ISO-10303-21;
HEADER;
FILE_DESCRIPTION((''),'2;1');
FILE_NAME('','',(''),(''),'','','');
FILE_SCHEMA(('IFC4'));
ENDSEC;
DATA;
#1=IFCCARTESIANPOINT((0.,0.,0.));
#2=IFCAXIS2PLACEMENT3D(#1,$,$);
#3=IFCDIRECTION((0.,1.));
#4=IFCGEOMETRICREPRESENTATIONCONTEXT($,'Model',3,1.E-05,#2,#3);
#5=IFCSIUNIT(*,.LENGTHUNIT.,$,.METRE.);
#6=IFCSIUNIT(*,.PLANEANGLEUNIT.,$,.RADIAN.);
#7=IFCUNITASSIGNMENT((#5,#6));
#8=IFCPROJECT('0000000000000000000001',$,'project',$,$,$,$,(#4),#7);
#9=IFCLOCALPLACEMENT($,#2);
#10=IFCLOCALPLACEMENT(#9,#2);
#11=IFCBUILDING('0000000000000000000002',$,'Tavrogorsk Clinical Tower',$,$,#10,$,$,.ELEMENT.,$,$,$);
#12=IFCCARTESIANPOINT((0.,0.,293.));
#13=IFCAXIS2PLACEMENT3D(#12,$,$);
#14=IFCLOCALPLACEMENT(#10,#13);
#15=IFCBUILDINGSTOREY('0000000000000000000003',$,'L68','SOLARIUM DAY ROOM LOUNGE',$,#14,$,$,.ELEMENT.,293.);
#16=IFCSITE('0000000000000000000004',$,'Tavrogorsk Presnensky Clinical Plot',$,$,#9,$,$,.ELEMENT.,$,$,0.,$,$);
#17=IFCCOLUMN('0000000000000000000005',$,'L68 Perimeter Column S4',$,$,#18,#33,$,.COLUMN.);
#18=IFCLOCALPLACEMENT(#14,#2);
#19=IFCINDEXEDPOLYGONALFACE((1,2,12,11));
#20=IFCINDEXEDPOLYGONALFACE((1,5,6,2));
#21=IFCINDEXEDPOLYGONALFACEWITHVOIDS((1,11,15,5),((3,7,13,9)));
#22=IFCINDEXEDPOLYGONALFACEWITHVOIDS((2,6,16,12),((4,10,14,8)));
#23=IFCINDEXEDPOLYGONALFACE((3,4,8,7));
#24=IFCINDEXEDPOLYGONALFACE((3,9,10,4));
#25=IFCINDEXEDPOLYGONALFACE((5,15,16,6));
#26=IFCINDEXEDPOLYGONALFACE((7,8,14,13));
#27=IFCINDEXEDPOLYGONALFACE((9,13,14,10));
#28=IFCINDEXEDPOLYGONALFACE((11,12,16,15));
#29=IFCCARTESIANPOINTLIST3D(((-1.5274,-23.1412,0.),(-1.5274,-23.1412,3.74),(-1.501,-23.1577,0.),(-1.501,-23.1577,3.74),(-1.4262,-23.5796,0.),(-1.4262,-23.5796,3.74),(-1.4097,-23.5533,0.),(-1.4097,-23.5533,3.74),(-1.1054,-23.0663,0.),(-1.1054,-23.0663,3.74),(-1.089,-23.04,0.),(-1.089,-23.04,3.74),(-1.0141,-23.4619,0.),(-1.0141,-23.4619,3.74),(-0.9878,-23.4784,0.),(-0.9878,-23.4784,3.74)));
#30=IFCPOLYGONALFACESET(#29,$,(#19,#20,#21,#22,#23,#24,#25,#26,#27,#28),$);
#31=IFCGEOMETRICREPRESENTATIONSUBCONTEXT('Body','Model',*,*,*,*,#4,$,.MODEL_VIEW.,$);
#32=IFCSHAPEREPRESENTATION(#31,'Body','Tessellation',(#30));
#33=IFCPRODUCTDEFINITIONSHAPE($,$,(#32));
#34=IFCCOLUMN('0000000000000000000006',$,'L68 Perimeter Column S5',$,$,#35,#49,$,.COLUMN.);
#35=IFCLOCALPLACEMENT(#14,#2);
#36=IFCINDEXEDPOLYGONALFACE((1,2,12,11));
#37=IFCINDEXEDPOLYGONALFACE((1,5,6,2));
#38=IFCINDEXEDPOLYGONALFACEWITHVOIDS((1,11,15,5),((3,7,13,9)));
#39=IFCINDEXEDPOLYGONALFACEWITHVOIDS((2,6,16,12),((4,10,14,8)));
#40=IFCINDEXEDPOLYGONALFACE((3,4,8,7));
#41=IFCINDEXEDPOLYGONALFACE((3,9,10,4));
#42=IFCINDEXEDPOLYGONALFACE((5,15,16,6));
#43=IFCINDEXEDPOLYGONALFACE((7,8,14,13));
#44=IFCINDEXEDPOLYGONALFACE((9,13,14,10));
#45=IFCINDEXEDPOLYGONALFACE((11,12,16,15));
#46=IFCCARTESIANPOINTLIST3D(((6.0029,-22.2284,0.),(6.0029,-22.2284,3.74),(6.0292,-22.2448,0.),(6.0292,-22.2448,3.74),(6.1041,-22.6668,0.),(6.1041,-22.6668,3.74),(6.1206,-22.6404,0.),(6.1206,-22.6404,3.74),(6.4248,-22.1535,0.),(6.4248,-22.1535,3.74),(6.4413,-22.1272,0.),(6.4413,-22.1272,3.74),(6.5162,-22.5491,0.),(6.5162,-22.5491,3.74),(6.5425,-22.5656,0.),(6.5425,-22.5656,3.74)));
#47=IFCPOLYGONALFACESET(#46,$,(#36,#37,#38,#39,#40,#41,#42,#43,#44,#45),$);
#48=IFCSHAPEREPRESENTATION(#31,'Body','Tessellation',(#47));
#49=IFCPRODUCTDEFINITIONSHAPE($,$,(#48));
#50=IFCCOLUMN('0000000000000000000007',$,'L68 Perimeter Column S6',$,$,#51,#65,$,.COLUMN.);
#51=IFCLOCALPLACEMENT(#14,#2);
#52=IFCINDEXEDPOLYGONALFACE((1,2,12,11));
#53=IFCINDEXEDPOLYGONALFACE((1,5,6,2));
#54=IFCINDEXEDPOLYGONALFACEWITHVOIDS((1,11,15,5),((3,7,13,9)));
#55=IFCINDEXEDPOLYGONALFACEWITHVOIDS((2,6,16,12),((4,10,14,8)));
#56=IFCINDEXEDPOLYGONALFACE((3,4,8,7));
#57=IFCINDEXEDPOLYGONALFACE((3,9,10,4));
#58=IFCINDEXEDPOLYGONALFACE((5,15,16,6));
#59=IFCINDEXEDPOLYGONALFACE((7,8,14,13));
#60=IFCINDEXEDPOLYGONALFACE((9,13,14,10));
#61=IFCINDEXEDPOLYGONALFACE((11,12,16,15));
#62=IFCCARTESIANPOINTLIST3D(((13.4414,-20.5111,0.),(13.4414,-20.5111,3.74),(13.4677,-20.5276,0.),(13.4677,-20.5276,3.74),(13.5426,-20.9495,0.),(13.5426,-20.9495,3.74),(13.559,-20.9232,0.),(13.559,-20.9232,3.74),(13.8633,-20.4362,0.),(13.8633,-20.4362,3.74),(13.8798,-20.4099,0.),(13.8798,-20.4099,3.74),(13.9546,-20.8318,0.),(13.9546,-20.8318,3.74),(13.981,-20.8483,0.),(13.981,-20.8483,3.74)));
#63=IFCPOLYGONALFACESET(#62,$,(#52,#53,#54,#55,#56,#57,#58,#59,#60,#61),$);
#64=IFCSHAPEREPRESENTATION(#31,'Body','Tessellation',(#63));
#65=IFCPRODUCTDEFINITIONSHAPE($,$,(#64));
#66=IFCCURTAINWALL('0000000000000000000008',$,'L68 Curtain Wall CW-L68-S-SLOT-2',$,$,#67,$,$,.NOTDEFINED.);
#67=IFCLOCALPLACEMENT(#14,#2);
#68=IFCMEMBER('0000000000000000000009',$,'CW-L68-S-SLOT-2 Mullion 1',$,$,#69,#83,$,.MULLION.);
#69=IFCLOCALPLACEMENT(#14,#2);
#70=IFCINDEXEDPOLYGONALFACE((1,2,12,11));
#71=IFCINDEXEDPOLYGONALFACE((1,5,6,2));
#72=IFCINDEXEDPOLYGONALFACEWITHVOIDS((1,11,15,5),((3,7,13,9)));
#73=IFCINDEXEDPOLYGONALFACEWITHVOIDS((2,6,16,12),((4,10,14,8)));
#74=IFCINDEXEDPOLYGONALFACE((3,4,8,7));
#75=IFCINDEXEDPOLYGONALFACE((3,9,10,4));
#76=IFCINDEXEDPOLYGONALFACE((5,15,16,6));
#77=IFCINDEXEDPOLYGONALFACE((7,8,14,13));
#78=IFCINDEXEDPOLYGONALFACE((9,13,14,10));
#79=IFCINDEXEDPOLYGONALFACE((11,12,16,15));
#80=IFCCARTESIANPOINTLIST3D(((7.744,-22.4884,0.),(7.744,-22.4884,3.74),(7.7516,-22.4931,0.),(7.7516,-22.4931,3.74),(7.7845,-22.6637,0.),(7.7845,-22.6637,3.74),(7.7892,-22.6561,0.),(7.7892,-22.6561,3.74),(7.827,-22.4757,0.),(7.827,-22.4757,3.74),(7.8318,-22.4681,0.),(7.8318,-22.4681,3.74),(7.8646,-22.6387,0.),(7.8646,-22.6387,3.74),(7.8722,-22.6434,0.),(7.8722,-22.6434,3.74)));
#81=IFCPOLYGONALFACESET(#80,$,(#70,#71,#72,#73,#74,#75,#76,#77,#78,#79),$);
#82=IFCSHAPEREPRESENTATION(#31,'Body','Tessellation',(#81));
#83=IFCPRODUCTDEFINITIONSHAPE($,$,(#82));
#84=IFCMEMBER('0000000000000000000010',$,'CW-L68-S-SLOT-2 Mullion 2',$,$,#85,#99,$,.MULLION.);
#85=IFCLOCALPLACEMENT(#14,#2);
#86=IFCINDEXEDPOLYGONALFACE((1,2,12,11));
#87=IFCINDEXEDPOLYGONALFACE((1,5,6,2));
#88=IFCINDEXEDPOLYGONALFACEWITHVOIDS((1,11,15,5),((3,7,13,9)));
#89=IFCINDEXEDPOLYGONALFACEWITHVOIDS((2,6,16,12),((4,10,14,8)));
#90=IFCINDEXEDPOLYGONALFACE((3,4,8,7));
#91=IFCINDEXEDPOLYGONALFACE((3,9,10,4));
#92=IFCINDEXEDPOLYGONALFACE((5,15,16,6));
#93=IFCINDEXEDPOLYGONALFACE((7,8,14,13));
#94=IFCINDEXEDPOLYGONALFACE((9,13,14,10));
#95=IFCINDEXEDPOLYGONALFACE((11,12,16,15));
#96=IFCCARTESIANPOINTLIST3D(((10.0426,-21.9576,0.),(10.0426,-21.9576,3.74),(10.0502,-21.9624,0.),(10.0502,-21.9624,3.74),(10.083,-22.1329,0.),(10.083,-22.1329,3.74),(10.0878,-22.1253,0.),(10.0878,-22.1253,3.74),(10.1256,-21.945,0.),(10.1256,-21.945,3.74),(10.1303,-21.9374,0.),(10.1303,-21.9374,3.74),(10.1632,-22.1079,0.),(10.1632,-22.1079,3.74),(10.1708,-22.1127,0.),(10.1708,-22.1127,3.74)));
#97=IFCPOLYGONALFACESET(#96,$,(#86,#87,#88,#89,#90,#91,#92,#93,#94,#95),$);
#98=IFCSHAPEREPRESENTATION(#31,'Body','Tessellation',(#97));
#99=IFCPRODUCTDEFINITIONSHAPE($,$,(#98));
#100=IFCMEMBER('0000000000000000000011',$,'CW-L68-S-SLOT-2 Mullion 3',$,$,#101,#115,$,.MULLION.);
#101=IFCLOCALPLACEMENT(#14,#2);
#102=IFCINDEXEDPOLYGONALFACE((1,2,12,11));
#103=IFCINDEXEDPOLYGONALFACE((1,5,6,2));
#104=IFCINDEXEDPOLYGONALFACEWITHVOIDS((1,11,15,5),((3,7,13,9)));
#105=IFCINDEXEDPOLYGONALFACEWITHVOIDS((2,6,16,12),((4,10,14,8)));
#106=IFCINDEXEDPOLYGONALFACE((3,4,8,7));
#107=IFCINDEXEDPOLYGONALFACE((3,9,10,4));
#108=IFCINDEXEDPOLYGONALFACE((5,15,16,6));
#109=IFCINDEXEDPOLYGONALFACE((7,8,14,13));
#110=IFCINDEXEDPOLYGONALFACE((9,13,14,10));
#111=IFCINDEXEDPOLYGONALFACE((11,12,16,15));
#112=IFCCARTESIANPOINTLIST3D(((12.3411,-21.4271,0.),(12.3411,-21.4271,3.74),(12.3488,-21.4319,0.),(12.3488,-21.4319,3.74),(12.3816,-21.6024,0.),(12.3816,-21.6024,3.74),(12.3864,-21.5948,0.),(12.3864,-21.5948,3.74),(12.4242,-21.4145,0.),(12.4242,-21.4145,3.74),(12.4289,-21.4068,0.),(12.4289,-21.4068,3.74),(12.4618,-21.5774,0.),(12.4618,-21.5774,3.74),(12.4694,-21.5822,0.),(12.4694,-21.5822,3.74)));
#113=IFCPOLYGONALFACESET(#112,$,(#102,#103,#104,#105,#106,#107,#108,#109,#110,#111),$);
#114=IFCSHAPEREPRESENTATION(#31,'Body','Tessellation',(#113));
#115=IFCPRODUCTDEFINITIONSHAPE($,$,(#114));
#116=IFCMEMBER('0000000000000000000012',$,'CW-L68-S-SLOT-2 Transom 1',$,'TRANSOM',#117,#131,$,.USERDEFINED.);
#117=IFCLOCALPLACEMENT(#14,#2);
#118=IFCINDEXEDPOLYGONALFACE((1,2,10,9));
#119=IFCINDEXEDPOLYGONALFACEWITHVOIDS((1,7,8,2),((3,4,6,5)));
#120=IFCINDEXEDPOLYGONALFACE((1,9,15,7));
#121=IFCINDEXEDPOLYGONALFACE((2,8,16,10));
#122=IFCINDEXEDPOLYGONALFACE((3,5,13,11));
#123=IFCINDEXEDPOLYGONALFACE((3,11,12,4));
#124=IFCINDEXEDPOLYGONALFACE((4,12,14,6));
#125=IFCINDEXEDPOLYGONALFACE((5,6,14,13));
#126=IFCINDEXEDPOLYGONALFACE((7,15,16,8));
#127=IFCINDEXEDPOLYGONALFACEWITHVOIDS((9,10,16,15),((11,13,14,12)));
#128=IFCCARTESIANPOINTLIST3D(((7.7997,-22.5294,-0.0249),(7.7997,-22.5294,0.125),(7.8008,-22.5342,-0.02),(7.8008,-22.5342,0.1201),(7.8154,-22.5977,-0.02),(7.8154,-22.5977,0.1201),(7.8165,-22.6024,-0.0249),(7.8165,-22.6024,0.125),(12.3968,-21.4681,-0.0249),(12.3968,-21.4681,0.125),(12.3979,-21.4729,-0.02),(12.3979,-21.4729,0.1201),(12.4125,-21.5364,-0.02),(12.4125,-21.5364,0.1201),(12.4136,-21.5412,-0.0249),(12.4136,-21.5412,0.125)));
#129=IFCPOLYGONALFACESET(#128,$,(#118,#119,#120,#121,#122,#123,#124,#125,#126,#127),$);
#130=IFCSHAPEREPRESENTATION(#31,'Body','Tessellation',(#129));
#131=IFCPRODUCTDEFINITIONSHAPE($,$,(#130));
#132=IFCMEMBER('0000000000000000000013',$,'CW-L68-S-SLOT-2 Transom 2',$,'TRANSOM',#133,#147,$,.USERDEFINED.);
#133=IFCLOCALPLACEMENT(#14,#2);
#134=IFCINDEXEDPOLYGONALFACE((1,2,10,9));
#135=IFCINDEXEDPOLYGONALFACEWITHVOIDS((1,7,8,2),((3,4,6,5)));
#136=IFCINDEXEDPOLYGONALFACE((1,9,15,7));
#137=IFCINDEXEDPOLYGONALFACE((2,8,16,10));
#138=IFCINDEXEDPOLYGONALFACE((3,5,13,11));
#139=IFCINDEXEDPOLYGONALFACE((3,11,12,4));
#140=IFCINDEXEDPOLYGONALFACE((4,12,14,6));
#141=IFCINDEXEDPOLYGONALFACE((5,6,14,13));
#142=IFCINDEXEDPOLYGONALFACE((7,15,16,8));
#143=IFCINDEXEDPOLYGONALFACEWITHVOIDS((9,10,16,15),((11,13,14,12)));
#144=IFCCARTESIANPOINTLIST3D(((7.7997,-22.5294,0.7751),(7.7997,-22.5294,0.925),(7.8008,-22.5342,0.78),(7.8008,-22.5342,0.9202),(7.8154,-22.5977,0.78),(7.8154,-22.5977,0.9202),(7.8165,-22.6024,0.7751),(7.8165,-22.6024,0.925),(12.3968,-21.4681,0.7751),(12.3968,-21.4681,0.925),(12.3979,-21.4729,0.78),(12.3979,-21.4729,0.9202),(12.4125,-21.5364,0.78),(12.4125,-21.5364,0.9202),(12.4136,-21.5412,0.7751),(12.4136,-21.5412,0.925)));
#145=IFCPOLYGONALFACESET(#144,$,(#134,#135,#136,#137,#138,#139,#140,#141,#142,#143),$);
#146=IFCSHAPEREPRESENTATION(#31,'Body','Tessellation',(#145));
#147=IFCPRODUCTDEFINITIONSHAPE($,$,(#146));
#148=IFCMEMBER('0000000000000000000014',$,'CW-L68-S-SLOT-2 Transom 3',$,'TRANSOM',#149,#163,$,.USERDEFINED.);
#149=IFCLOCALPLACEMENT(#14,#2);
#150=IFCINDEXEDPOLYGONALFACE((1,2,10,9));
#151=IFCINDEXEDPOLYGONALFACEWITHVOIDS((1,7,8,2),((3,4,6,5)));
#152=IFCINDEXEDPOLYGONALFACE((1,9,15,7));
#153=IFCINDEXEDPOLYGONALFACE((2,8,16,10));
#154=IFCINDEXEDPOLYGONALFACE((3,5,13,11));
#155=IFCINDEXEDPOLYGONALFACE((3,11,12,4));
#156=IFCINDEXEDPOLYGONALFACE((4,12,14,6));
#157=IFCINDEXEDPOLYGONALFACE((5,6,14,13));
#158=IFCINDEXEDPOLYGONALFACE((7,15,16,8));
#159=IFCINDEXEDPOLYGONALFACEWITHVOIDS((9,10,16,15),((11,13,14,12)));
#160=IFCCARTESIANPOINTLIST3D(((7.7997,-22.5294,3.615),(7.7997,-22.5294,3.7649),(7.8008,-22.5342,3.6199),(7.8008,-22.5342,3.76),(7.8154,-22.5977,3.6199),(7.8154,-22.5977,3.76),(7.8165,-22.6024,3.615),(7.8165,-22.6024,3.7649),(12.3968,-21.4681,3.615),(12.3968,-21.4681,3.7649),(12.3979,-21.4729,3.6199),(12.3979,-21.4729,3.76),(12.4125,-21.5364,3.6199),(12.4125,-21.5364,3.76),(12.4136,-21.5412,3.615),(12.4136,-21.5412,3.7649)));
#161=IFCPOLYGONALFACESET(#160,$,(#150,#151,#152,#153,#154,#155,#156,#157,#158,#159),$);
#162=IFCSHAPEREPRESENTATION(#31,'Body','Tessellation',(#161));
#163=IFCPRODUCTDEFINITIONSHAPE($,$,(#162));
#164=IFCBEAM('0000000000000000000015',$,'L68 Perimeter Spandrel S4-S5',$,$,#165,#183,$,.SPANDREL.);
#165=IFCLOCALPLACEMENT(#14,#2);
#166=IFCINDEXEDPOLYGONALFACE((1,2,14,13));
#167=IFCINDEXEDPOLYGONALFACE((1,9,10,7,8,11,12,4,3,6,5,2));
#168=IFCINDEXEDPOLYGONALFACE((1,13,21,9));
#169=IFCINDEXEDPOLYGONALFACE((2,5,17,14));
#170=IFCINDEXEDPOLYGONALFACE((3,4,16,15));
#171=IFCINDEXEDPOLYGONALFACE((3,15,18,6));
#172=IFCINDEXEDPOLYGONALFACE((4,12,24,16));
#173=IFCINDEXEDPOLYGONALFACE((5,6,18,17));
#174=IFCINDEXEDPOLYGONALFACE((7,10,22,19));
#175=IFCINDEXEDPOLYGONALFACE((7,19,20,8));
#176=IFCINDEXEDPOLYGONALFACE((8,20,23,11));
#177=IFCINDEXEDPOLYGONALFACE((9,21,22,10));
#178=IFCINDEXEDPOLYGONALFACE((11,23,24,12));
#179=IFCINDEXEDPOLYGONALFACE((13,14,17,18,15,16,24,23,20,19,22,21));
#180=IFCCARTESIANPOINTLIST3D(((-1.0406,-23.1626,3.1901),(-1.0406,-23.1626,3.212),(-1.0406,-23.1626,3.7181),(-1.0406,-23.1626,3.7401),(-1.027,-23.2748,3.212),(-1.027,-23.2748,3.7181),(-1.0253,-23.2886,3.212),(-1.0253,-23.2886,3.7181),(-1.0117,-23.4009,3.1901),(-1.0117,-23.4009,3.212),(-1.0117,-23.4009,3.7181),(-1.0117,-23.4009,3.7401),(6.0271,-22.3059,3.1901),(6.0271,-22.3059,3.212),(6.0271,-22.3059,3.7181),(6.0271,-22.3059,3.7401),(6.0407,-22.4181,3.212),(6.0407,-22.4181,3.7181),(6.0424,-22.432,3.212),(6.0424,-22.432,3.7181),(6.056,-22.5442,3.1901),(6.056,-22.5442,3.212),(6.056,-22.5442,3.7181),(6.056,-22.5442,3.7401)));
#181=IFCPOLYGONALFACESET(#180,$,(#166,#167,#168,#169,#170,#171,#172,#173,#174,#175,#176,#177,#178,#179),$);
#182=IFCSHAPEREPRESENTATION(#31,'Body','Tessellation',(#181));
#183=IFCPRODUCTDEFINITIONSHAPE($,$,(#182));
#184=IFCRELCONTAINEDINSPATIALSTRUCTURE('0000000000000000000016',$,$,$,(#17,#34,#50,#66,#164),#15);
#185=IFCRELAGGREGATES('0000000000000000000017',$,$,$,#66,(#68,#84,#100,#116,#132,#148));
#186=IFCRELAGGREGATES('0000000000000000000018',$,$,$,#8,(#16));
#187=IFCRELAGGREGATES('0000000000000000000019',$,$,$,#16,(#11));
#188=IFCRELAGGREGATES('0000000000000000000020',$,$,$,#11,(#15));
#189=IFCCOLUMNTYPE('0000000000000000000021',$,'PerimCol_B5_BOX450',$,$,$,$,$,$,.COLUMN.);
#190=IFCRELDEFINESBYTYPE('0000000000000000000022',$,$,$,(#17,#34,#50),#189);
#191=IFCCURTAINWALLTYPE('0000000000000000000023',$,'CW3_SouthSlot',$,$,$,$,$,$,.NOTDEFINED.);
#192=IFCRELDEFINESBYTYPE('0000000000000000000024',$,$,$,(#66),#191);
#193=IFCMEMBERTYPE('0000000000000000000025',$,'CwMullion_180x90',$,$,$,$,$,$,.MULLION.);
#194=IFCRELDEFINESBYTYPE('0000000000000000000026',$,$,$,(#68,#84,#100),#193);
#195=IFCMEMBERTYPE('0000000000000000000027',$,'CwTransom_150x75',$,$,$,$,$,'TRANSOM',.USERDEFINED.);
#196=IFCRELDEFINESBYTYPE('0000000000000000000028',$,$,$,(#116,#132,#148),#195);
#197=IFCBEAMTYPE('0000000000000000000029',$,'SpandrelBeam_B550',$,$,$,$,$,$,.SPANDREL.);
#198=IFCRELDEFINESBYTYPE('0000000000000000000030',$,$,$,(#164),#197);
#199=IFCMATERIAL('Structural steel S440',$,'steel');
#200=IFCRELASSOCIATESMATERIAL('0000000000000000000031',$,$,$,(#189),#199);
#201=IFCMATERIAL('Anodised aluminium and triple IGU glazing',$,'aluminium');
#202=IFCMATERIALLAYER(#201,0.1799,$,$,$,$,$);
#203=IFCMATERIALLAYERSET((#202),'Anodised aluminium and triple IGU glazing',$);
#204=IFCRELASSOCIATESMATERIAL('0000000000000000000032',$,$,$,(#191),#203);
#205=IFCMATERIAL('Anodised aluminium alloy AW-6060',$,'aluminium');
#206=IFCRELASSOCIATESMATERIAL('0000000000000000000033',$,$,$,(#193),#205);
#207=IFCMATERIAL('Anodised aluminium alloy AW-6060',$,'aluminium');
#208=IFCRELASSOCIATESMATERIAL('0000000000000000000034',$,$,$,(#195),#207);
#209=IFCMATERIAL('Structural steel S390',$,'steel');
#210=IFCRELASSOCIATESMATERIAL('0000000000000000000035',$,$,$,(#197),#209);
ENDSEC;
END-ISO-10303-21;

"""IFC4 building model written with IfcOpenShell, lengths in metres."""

from ifc_helpers import new_model, si_unit, direction, frame, origin, origin_2d, place, context, subcontext, project, spatial, hollow_rectangle, i_section, extrude, material, layer, layer_set, material_profile, profile_set, type_object, element, aggregate, save


model = new_model("IFC4")

# Units and contexts
model_context = context("Model", 3, precision=1e-05, world=origin(), true_north=direction((0.0, 1.0)))
body_context = subcontext(model_context, "Body", "Model", "MODEL_VIEW")
ifc_project = project(units=[si_unit("LENGTHUNIT", "METRE"), si_unit("PLANEANGLEUNIT", "RADIAN")], contexts=[model_context])

# Site, building, storey
site_placement = place(None, origin())
site = spatial("IfcSite", under=ifc_project, at=site_placement, Name="Tavrogorsk Presnensky Clinical Plot", CompositionType="ELEMENT", RefElevation=0.0)
building_placement = place(site_placement, origin())
building = spatial("IfcBuilding", under=site, at=building_placement, Name="Tavrogorsk Clinical Tower", CompositionType="ELEMENT")
storey_placement = place(building_placement, frame((0.0, 0.0, 293.0)))
storey = spatial("IfcBuildingStorey", under=building, at=storey_placement, Name="L68", Description="SOLARIUM DAY ROOM LOUNGE", CompositionType="ELEMENT", Elevation=293.0)

# Columns
ifc_material_1 = material(Name="Structural steel S440", Category="steel")
ifc_material_profile_1 = material_profile(ifc_material_1, hollow_rectangle(XDim=0.45, YDim=0.45, WallThickness=0.022, at=origin_2d()), Name="BOX-450x450x22")
ifc_profile_set_1 = profile_set([ifc_material_profile_1], Name="Structural steel S440")
column_type = type_object("IfcColumnType", Name="PerimCol_B5_BOX450", PredefinedType="COLUMN", material=ifc_profile_set_1)
for number, where, z_axis, x_axis, name in (
    (1, (-1.2576, -23.3098, 0.0), (0.0, 0.0, 1.0), (0.97437, 0.224951, 0.0), "L68 Perimeter Column S4"),
    (2, (6.2727, -22.397, 0.0), (0.0, 0.0, 1.0), (0.97437, 0.224951, 0.0), "L68 Perimeter Column S5"),
    (3, (13.7112, -20.6797, 0.0), (0.0, 0.0, 1.0), (0.97437, 0.224951, 0.0), "L68 Perimeter Column S6"),
):
    element("IfcColumn", number, at=place(storey_placement, frame(where, z_axis=z_axis, x_axis=x_axis)), inside=storey, type_object=column_type, Name=name, PredefinedType="COLUMN", context=body_context, shape_type="SweptSolid", body=[
        extrude(hollow_rectangle(XDim=0.45, YDim=0.45, WallThickness=0.022, at=origin_2d()), origin(), (0.0, 0.0, 1.0), 3.74),
    ])

# Curtain wall, members
ifc_material_2 = material(Name="Anodised aluminium and triple IGU glazing", Category="aluminium")
ifc_layer_1 = layer(ifc_material_2, 0.1799)
ifc_layer_set_1 = layer_set([ifc_layer_1], Name="Anodised aluminium and triple IGU glazing")
curtain_wall_type = type_object("IfcCurtainWallType", Name="CW3_SouthSlot", PredefinedType="NOTDEFINED", material=ifc_layer_set_1)
curtain_wall_placement = place(storey_placement, origin())
curtain_wall = element("IfcCurtainWall", 4, at=curtain_wall_placement, inside=storey, type_object=curtain_wall_type, Name="L68 Curtain Wall CW-L68-S-SLOT-2", PredefinedType="NOTDEFINED")
ifc_material_3 = material(Name="Anodised aluminium alloy AW-6060", Category="aluminium")
ifc_material_profile_2 = material_profile(ifc_material_3, hollow_rectangle(XDim=0.0901, YDim=0.1799, WallThickness=0.0063, at=origin_2d()), Name="RHS-180x90x6.3")
ifc_profile_set_2 = profile_set([ifc_material_profile_2], Name="Anodised aluminium alloy AW-6060")
member_type_1 = type_object("IfcMemberType", Name="CwMullion_180x90", PredefinedType="MULLION", material=ifc_profile_set_2)
member_1_placement = place(storey_placement, frame((7.8081, -22.5659, 0.0), z_axis=(0.0, 0.0, 1.0), x_axis=(0.97437, 0.224951, 0.0)))
member_1 = element("IfcMember", 5, at=member_1_placement, type_object=member_type_1, Name="CW-L68-S-SLOT-2 Mullion 1", PredefinedType="MULLION", context=body_context, shape_type="SweptSolid", body=[
    extrude(hollow_rectangle(XDim=0.0901, YDim=0.1799, WallThickness=0.0063, at=origin_2d()), origin(), (0.0, 0.0, 1.0), 3.74),
])
member_2_placement = place(storey_placement, frame((10.1067, -22.0352, 0.0), z_axis=(0.0, 0.0, 1.0), x_axis=(0.97437, 0.224951, 0.0)))
member_2 = element("IfcMember", 6, at=member_2_placement, type_object=member_type_1, Name="CW-L68-S-SLOT-2 Mullion 2", PredefinedType="MULLION", context=body_context, shape_type="SweptSolid", body=[
    extrude(hollow_rectangle(XDim=0.0901, YDim=0.1799, WallThickness=0.0063, at=origin_2d()), origin(), (0.0, 0.0, 1.0), 3.74),
])
member_3_placement = place(storey_placement, frame((12.4053, -21.5046, 0.0), z_axis=(0.0, 0.0, 1.0), x_axis=(0.97437, 0.224951, 0.0)))
member_3 = element("IfcMember", 7, at=member_3_placement, type_object=member_type_1, Name="CW-L68-S-SLOT-2 Mullion 3", PredefinedType="MULLION", context=body_context, shape_type="SweptSolid", body=[
    extrude(hollow_rectangle(XDim=0.0901, YDim=0.1799, WallThickness=0.0063, at=origin_2d()), origin(), (0.0, 0.0, 1.0), 3.74),
])
ifc_material_4 = material(Name="Anodised aluminium alloy AW-6060", Category="aluminium")
ifc_material_profile_3 = material_profile(ifc_material_4, hollow_rectangle(XDim=0.075, YDim=0.1499, WallThickness=0.0049, at=origin_2d()), Name="RHS-150x75x5")
ifc_profile_set_3 = profile_set([ifc_material_profile_3], Name="Anodised aluminium alloy AW-6060")
member_type_2 = type_object("IfcMemberType", Name="CwTransom_150x75", ElementType="TRANSOM", PredefinedType="USERDEFINED", material=ifc_profile_set_3)
member_4_placement = place(storey_placement, frame((7.8081, -22.5659, 0.05), z_axis=(0.974373, 0.224939, 0.0), x_axis=(-0.224939, 0.974373, 0.0)))
member_4 = element("IfcMember", 8, at=member_4_placement, type_object=member_type_2, Name="CW-L68-S-SLOT-2 Transom 1", ObjectType="TRANSOM", PredefinedType="USERDEFINED", context=body_context, shape_type="SweptSolid", body=[
    extrude(hollow_rectangle(XDim=0.075, YDim=0.1499, WallThickness=0.0049, at=origin_2d()), origin(), (0.0, 0.0, 1.0), 4.718),
])
member_5_placement = place(storey_placement, frame((7.8081, -22.5659, 0.8501), z_axis=(0.974373, 0.224939, 0.0), x_axis=(-0.224939, 0.974373, 0.0)))
member_5 = element("IfcMember", 9, at=member_5_placement, type_object=member_type_2, Name="CW-L68-S-SLOT-2 Transom 2", ObjectType="TRANSOM", PredefinedType="USERDEFINED", context=body_context, shape_type="SweptSolid", body=[
    extrude(hollow_rectangle(XDim=0.075, YDim=0.1499, WallThickness=0.0049, at=origin_2d()), origin(), (0.0, 0.0, 1.0), 4.718),
])
member_6_placement = place(storey_placement, frame((7.8081, -22.5659, 3.6899), z_axis=(0.974373, 0.224939, 0.0), x_axis=(-0.224939, 0.974373, 0.0)))
member_6 = element("IfcMember", 10, at=member_6_placement, type_object=member_type_2, Name="CW-L68-S-SLOT-2 Transom 3", ObjectType="TRANSOM", PredefinedType="USERDEFINED", context=body_context, shape_type="SweptSolid", body=[
    extrude(hollow_rectangle(XDim=0.075, YDim=0.1499, WallThickness=0.0049, at=origin_2d()), origin(), (0.0, 0.0, 1.0), 4.718),
])

# Beam
ifc_material_5 = material(Name="Structural steel S390", Category="steel")
ifc_material_profile_4 = material_profile(ifc_material_5, i_section(OverallWidth=0.24, OverallDepth=0.55, WebThickness=0.0139, FlangeThickness=0.022, at=origin_2d()), Name="B-550x240x14x22")
ifc_profile_set_4 = profile_set([ifc_material_profile_4], Name="Structural steel S390")
beam_type = type_object("IfcBeamType", Name="SpandrelBeam_B550", PredefinedType="SPANDREL", material=ifc_profile_set_4)
beam_placement = place(storey_placement, frame((-1.0261, -23.2817, 3.4651), z_axis=(0.992734, 0.120332, 0.0), x_axis=(-0.120332, 0.992734, 0.0)))
element("IfcBeam", 11, at=beam_placement, inside=storey, type_object=beam_type, Name="L68 Perimeter Spandrel S4-S5", PredefinedType="SPANDREL", context=body_context, shape_type="SweptSolid", body=[
    extrude(i_section(OverallWidth=0.24, OverallDepth=0.55, WebThickness=0.0139, FlangeThickness=0.022, at=origin_2d()), origin(), (0.0, 0.0, 1.0), 7.1194),
])

aggregate(curtain_wall, [member_1, member_2, member_3, member_4, member_5, member_6])

save(model, "model.ifc")
